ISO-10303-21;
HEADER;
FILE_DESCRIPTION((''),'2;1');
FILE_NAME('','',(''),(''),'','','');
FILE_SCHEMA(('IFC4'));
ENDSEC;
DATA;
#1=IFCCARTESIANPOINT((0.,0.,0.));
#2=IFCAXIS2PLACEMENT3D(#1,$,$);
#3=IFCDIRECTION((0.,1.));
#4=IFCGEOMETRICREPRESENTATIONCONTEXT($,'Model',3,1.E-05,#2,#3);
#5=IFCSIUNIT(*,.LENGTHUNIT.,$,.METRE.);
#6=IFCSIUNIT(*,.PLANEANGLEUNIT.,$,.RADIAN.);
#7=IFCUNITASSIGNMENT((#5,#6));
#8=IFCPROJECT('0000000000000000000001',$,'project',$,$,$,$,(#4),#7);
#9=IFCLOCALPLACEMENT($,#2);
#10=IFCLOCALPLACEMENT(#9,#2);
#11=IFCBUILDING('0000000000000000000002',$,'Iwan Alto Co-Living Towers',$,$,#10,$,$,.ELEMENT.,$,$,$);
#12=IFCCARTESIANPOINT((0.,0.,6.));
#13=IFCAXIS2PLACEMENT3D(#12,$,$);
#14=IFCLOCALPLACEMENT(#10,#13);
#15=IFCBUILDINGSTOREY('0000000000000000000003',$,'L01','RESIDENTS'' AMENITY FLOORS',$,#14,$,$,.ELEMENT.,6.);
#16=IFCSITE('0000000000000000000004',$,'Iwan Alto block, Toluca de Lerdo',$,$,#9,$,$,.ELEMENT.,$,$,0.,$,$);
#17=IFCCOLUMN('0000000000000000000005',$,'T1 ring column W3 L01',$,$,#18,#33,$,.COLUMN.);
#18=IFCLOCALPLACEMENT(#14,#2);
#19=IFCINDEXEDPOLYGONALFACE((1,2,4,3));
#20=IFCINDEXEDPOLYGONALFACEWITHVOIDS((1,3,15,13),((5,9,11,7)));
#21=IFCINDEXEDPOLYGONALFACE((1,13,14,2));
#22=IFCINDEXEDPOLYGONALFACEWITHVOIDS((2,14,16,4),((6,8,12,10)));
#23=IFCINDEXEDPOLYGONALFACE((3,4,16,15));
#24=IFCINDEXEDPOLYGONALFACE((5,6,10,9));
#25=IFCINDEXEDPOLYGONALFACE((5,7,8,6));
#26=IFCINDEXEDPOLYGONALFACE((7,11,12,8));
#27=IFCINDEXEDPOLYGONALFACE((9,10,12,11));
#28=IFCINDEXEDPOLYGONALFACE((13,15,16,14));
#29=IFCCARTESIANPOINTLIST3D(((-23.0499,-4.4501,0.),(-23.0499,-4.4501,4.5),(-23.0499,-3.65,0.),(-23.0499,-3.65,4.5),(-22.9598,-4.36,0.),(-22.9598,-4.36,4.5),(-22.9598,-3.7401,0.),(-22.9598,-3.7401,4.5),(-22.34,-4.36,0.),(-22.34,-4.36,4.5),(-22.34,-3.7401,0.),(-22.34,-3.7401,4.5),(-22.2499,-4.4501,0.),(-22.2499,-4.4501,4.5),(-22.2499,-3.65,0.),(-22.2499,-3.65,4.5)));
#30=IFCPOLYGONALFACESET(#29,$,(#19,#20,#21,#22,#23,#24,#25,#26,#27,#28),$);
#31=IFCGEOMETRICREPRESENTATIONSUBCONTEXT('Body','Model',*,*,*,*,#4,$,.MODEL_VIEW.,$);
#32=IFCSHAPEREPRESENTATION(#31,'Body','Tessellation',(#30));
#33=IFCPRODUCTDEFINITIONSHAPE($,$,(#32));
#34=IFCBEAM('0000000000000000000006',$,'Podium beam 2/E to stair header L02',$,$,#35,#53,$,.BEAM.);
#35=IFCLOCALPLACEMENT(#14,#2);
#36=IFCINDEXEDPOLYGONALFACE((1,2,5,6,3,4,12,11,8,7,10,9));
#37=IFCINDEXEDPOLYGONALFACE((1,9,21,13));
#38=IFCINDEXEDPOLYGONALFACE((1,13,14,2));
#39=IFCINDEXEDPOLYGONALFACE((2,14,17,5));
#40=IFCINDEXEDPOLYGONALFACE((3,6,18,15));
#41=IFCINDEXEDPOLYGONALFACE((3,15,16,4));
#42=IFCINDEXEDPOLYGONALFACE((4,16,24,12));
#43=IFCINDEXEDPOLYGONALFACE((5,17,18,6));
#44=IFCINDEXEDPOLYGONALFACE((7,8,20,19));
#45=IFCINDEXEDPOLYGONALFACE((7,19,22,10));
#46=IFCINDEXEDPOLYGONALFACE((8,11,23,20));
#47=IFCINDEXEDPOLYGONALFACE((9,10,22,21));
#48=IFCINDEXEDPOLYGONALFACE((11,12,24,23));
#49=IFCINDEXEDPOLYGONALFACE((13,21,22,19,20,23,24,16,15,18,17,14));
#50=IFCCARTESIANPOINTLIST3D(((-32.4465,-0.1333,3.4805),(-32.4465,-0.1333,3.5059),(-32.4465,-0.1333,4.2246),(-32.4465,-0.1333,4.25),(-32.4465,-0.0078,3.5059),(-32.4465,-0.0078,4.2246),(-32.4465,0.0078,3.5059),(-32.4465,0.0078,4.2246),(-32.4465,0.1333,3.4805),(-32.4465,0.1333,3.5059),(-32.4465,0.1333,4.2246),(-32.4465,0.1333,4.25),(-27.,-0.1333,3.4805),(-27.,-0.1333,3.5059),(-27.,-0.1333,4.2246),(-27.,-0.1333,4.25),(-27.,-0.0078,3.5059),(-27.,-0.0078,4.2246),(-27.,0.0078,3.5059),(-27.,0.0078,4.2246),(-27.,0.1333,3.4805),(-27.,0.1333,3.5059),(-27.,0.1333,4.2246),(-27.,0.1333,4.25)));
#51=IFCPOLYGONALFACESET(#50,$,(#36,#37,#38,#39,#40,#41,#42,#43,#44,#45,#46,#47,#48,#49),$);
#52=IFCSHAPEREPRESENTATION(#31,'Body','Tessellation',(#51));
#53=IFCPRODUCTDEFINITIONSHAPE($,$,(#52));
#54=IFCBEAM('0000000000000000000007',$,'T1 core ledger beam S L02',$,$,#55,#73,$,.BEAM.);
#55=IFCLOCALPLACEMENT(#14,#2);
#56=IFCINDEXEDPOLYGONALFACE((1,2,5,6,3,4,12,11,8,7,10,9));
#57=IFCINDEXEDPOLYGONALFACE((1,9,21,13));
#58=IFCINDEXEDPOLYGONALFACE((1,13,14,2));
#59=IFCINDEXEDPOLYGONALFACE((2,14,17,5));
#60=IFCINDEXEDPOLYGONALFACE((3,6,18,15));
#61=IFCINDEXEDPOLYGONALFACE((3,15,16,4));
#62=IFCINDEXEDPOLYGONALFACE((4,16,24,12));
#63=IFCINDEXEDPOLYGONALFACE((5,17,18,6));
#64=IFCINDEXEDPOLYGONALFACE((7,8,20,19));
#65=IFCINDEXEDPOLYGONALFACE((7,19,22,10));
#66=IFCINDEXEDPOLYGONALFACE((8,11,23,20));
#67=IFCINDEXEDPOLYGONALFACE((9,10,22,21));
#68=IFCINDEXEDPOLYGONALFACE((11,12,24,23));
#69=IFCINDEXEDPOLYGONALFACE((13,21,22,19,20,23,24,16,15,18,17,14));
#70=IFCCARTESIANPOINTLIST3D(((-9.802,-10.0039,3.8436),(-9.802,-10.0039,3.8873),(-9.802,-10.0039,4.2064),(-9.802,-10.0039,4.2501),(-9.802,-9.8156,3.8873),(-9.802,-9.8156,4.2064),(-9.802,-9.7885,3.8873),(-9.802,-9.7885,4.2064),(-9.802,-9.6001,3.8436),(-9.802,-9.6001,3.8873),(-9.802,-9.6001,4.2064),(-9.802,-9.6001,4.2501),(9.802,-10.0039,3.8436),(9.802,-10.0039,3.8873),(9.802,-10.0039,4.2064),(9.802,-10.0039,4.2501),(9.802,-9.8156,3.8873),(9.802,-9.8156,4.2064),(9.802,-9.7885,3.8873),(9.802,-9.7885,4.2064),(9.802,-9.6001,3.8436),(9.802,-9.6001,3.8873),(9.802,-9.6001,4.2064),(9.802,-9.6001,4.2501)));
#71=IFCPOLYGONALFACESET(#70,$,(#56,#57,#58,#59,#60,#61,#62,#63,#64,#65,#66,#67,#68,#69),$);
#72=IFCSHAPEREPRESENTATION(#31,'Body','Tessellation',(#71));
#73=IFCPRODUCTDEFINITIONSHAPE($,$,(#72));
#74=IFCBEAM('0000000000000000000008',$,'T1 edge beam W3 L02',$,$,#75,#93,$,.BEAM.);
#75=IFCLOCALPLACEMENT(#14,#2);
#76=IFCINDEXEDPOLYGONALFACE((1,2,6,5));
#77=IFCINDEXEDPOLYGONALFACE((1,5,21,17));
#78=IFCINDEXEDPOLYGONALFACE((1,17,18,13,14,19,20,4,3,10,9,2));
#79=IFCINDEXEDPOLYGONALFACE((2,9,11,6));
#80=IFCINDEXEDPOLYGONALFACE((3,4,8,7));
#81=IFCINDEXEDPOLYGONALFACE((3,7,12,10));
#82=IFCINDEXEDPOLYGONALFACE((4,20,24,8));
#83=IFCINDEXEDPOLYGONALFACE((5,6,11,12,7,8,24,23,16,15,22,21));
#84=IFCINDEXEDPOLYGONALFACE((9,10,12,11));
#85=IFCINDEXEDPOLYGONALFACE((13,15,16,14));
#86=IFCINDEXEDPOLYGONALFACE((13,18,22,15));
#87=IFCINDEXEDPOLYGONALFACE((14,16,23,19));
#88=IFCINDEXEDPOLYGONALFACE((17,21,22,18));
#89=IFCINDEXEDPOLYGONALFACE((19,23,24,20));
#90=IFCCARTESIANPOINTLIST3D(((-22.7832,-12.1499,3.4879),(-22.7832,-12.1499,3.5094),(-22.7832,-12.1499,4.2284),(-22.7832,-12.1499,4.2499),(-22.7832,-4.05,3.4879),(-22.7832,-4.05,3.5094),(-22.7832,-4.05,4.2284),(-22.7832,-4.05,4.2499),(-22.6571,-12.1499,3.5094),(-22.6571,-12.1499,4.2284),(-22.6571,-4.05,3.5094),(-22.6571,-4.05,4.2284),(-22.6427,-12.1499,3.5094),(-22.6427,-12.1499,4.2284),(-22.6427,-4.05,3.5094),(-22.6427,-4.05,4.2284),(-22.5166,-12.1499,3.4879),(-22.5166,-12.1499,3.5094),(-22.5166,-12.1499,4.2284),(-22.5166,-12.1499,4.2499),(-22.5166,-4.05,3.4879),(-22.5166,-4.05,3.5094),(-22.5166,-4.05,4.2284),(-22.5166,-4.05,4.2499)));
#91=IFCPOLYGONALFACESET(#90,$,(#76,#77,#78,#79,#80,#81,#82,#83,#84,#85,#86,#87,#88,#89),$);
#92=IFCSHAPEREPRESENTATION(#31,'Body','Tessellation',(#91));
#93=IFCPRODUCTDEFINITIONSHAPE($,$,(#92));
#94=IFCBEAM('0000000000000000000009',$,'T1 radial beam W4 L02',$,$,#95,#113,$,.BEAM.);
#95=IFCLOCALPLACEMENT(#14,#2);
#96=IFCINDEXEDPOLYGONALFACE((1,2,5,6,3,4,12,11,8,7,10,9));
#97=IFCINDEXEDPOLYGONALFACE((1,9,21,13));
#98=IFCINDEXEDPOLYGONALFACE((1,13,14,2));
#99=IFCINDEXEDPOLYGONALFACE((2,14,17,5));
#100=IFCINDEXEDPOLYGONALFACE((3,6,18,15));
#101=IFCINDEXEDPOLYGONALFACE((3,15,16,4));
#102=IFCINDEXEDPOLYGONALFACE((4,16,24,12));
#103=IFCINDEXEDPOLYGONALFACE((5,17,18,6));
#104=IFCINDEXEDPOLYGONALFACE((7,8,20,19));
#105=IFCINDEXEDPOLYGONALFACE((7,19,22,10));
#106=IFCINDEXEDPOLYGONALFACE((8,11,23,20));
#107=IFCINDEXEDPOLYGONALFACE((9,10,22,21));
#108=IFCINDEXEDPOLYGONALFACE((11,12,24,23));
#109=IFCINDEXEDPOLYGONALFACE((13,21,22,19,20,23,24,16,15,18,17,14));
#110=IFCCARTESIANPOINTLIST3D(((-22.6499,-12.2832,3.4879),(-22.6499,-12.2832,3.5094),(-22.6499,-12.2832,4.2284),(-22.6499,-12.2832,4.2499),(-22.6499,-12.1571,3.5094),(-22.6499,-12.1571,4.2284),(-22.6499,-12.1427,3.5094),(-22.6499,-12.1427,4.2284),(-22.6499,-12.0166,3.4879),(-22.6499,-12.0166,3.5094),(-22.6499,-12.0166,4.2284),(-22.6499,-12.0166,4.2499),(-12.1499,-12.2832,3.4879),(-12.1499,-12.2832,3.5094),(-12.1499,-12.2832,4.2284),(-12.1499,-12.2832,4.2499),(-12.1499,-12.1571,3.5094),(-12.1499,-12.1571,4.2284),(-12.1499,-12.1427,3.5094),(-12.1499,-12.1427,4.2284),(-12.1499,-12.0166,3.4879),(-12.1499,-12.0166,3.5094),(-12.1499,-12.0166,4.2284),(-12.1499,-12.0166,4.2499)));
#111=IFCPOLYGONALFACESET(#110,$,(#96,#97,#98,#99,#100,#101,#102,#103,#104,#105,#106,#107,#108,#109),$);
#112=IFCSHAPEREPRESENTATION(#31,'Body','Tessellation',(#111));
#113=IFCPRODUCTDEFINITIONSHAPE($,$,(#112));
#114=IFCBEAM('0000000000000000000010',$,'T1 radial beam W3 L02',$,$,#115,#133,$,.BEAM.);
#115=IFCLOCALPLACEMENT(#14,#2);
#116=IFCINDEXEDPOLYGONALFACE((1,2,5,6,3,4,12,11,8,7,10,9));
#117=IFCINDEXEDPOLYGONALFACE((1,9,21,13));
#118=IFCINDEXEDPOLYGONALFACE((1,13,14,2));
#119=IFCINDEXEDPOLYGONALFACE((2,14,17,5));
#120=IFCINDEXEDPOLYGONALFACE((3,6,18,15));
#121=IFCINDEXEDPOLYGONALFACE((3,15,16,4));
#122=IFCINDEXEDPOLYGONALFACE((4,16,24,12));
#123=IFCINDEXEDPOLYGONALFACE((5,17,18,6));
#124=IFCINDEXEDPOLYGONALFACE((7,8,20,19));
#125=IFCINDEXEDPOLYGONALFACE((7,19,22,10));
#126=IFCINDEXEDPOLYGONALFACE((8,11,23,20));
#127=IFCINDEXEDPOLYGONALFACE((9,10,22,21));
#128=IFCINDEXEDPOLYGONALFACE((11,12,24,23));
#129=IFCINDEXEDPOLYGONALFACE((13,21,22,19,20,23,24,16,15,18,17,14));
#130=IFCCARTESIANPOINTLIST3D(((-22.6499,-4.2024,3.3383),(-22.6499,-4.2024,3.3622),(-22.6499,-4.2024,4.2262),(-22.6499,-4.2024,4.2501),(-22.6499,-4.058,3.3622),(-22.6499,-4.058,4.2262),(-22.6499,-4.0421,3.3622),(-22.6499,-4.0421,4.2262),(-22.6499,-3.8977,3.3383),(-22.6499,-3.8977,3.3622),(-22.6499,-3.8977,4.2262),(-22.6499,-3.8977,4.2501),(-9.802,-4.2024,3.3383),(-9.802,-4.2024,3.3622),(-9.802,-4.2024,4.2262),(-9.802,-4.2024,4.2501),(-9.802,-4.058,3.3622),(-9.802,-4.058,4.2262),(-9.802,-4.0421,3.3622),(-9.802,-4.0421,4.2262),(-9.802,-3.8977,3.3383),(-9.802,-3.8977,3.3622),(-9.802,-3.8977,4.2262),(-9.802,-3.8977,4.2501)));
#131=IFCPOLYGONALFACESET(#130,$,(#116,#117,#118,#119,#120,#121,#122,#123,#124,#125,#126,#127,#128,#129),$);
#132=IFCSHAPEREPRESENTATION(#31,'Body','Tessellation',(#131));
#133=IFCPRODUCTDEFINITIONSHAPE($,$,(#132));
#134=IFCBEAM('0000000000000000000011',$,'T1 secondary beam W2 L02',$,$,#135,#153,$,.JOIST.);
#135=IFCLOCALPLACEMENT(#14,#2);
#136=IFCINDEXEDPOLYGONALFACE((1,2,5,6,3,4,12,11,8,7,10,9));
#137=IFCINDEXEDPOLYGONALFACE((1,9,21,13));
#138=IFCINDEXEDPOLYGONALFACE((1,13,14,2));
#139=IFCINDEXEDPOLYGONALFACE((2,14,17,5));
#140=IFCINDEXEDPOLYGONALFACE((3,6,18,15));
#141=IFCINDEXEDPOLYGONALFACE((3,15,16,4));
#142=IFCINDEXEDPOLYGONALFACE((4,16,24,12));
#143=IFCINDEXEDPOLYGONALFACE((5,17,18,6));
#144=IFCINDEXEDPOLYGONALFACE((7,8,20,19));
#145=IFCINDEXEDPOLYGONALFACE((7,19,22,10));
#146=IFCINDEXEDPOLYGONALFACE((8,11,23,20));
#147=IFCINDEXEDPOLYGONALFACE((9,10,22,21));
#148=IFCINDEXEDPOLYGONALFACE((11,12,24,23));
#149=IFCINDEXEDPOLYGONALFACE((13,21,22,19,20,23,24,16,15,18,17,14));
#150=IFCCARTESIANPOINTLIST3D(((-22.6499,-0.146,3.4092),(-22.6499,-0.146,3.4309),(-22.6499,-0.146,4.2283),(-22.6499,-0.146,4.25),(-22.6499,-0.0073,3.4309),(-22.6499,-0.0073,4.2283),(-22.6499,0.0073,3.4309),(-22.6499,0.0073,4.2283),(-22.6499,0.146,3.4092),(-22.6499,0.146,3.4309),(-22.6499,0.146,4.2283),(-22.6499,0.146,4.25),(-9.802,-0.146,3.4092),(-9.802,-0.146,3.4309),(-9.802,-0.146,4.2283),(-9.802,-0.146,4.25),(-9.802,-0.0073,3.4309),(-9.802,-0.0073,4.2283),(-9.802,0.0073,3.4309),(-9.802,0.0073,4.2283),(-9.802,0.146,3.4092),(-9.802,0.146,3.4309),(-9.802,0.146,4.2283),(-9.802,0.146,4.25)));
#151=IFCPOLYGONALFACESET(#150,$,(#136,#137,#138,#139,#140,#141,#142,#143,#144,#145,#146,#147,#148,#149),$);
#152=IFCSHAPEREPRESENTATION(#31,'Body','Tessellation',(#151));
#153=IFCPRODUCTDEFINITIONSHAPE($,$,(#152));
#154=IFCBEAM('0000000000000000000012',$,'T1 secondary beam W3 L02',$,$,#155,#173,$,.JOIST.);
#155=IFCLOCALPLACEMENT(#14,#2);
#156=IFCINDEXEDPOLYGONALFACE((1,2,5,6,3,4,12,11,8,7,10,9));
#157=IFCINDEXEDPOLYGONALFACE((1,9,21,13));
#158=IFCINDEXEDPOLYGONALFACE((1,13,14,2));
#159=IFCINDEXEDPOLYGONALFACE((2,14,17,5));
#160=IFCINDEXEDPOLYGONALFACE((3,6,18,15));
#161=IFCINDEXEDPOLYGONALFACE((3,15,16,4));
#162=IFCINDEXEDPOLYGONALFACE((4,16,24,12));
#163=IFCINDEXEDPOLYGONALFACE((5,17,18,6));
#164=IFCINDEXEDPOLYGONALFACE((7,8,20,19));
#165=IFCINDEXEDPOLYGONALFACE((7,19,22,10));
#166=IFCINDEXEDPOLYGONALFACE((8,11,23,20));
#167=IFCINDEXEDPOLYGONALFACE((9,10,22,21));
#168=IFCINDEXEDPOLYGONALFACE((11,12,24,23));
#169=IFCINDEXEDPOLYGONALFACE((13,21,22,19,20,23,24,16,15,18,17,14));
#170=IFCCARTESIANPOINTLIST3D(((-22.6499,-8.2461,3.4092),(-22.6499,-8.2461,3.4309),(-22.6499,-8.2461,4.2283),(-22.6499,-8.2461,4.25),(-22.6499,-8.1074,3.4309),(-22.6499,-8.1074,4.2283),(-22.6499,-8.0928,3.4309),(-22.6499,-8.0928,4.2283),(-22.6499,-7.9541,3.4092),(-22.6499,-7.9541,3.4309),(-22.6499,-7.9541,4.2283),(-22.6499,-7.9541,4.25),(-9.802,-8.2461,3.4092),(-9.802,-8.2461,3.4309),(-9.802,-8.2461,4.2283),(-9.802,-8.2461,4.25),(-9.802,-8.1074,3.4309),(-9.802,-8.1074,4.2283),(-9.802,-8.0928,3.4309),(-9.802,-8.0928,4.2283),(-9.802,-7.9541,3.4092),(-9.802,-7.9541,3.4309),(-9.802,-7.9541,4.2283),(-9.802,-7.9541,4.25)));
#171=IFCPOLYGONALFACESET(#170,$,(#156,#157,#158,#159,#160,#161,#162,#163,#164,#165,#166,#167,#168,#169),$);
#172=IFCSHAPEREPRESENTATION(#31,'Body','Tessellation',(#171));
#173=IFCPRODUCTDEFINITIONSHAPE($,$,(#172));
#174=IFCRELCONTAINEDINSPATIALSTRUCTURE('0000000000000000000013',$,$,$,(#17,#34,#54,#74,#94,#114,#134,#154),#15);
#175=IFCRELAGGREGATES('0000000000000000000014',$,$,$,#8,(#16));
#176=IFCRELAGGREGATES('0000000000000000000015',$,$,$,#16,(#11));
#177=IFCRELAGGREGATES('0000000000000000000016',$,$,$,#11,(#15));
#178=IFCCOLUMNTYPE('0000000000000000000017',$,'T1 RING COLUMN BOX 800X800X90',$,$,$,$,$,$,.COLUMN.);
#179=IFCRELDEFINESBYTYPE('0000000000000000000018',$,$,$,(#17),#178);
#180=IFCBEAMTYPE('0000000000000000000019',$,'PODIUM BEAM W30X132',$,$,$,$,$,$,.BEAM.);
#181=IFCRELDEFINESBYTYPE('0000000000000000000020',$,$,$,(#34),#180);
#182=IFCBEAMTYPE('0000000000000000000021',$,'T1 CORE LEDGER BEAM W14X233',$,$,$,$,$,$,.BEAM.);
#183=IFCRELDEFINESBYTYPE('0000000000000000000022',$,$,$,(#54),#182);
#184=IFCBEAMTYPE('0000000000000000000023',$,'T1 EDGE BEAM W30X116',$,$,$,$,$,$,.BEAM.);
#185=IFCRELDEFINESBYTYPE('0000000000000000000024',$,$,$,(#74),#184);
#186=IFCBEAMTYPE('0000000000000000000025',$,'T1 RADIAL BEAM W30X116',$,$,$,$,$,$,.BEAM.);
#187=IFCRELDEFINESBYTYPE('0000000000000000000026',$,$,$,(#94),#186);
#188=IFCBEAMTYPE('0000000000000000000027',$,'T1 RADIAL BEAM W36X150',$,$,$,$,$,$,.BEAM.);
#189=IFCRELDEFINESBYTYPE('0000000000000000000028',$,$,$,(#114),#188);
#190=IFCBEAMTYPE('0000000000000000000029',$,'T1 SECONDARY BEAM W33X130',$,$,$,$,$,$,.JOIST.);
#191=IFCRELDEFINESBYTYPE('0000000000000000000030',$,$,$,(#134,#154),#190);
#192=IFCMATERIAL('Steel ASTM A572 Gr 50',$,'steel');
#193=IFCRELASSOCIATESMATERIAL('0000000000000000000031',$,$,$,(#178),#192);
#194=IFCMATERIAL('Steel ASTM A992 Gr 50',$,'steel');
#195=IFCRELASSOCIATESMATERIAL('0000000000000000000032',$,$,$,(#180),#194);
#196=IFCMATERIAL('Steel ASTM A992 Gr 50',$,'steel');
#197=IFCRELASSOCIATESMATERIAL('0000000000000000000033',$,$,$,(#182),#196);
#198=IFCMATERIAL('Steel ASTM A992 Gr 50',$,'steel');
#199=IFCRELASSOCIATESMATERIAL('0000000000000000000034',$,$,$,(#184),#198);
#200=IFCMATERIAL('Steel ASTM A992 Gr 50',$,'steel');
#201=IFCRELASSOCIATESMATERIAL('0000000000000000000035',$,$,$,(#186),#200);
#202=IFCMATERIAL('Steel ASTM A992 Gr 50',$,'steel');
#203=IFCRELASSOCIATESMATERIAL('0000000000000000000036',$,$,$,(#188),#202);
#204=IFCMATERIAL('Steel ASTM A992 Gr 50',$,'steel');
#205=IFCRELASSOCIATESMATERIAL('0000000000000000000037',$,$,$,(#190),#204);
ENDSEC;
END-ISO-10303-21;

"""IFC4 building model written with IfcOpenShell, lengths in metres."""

from ifc_helpers import new_model, si_unit, direction, frame, origin, origin_2d, place, context, subcontext, project, spatial, hollow_rectangle, i_section, extrude, material, material_profile, profile_set, type_object, element, save


model = new_model("IFC4")

# Units and contexts
model_context = context("Model", 3, precision=1e-05, world=origin(), true_north=direction((0.0, 1.0)))
body_context = subcontext(model_context, "Body", "Model", "MODEL_VIEW")
ifc_project = project(units=[si_unit("LENGTHUNIT", "METRE"), si_unit("PLANEANGLEUNIT", "RADIAN")], contexts=[model_context])

# Site, building, storey
site_placement = place(None, origin())
site = spatial("IfcSite", under=ifc_project, at=site_placement, Name="Iwan Alto block, Toluca de Lerdo", CompositionType="ELEMENT", RefElevation=0.0)
building_placement = place(site_placement, origin())
building = spatial("IfcBuilding", under=site, at=building_placement, Name="Iwan Alto Co-Living Towers", CompositionType="ELEMENT")
storey_placement = place(building_placement, frame((0.0, 0.0, 6.0)))
storey = spatial("IfcBuildingStorey", under=building, at=storey_placement, Name="L01", Description="RESIDENTS' AMENITY FLOORS", CompositionType="ELEMENT", Elevation=6.0)

# Column
ifc_material_1 = material(Name="Steel ASTM A572 Gr 50", Category="steel")
ifc_material_profile_1 = material_profile(ifc_material_1, hollow_rectangle(XDim=0.8, YDim=0.8, WallThickness=0.0901, at=origin_2d()), Name="BOX 800X800X90")
ifc_profile_set_1 = profile_set([ifc_material_profile_1], Name="Steel ASTM A572 Gr 50")
column_type = type_object("IfcColumnType", Name="T1 RING COLUMN BOX 800X800X90", PredefinedType="COLUMN", material=ifc_profile_set_1)
column_placement = place(storey_placement, frame((-22.6499, -4.05, 0.0), z_axis=(0.0, 0.0, 1.0), x_axis=(1.0, 0.0, 0.0)))
element("IfcColumn", 1, at=column_placement, inside=storey, type_object=column_type, Name="T1 ring column W3 L01", PredefinedType="COLUMN", context=body_context, shape_type="SweptSolid", body=[
    extrude(hollow_rectangle(XDim=0.8, YDim=0.8, WallThickness=0.0901, at=origin_2d()), origin(), (0.0, 0.0, 1.0), 4.5),
])

# Beams
ifc_material_2 = material(Name="Steel ASTM A992 Gr 50", Category="steel")
ifc_material_profile_2 = material_profile(ifc_material_2, i_section(OverallWidth=0.2666, OverallDepth=0.7695, WebThickness=0.0156, FlangeThickness=0.0254, at=origin_2d()), Name="W30X132")
ifc_profile_set_2 = profile_set([ifc_material_profile_2], Name="Steel ASTM A992 Gr 50")
beam_type_1 = type_object("IfcBeamType", Name="PODIUM BEAM W30X132", PredefinedType="BEAM", material=ifc_profile_set_2)
beam_1_placement = place(storey_placement, frame((-27.0, 0.0, 3.8652), z_axis=(-1.0, 0.0, 0.0), x_axis=(0.0, -1.0, 0.0)))
element("IfcBeam", 2, at=beam_1_placement, inside=storey, type_object=beam_type_1, Name="Podium beam 2/E to stair header L02", PredefinedType="BEAM", context=body_context, shape_type="SweptSolid", body=[
    extrude(i_section(OverallWidth=0.2666, OverallDepth=0.7695, WebThickness=0.0156, FlangeThickness=0.0254, at=origin_2d()), origin(), (0.0, 0.0, 1.0), 5.4465),
])
ifc_material_3 = material(Name="Steel ASTM A992 Gr 50", Category="steel")
ifc_material_profile_3 = material_profile(ifc_material_3, i_section(OverallWidth=0.4038, OverallDepth=0.4065, WebThickness=0.0271, FlangeThickness=0.0437, at=origin_2d()), Name="W14X233")
ifc_profile_set_3 = profile_set([ifc_material_profile_3], Name="Steel ASTM A992 Gr 50")
beam_type_2 = type_object("IfcBeamType", Name="T1 CORE LEDGER BEAM W14X233", PredefinedType="BEAM", material=ifc_profile_set_3)
beam_2_placement = place(storey_placement, frame((-9.802, -9.802, 4.0469), z_axis=(1.0, 0.0, 0.0), x_axis=(0.0, 1.0, 0.0)))
element("IfcBeam", 3, at=beam_2_placement, inside=storey, type_object=beam_type_2, Name="T1 core ledger beam S L02", PredefinedType="BEAM", context=body_context, shape_type="SweptSolid", body=[
    extrude(i_section(OverallWidth=0.4038, OverallDepth=0.4065, WebThickness=0.0271, FlangeThickness=0.0437, at=origin_2d()), origin(), (0.0, 0.0, 1.0), 19.604),
])
ifc_material_4 = material(Name="Steel ASTM A992 Gr 50", Category="steel")
ifc_material_profile_4 = material_profile(ifc_material_4, i_section(OverallWidth=0.2666, OverallDepth=0.762, WebThickness=0.0144, FlangeThickness=0.0215, at=origin_2d()), Name="W30X116")
ifc_profile_set_4 = profile_set([ifc_material_profile_4], Name="Steel ASTM A992 Gr 50")
beam_type_3 = type_object("IfcBeamType", Name="T1 EDGE BEAM W30X116", PredefinedType="BEAM", material=ifc_profile_set_4)
beam_3_placement = place(storey_placement, frame((-22.6499, -4.05, 3.8689), z_axis=(0.0, -1.0, 0.0), x_axis=(1.0, 0.0, 0.0)))
element("IfcBeam", 4, at=beam_3_placement, inside=storey, type_object=beam_type_3, Name="T1 edge beam W3 L02", PredefinedType="BEAM", context=body_context, shape_type="SweptSolid", body=[
    extrude(i_section(OverallWidth=0.2666, OverallDepth=0.762, WebThickness=0.0144, FlangeThickness=0.0215, at=origin_2d()), origin(), (0.0, 0.0, 1.0), 8.0999),
])
ifc_material_5 = material(Name="Steel ASTM A992 Gr 50", Category="steel")
ifc_material_profile_5 = material_profile(ifc_material_5, i_section(OverallWidth=0.2666, OverallDepth=0.762, WebThickness=0.0144, FlangeThickness=0.0215, at=origin_2d()), Name="W30X116")
ifc_profile_set_5 = profile_set([ifc_material_profile_5], Name="Steel ASTM A992 Gr 50")
beam_type_4 = type_object("IfcBeamType", Name="T1 RADIAL BEAM W30X116", PredefinedType="BEAM", material=ifc_profile_set_5)
beam_4_placement = place(storey_placement, frame((-22.6499, -12.1499, 3.8689), z_axis=(1.0, 0.0, 0.0), x_axis=(0.0, 1.0, 0.0)))
element("IfcBeam", 5, at=beam_4_placement, inside=storey, type_object=beam_type_4, Name="T1 radial beam W4 L02", PredefinedType="BEAM", context=body_context, shape_type="SweptSolid", body=[
    extrude(i_section(OverallWidth=0.2666, OverallDepth=0.762, WebThickness=0.0144, FlangeThickness=0.0215, at=origin_2d()), origin(), (0.0, 0.0, 1.0), 10.5),
])
ifc_material_6 = material(Name="Steel ASTM A992 Gr 50", Category="steel")
ifc_material_profile_6 = material_profile(ifc_material_6, i_section(OverallWidth=0.3047, OverallDepth=0.9119, WebThickness=0.0159, FlangeThickness=0.0239, at=origin_2d()), Name="W36X150")
ifc_profile_set_6 = profile_set([ifc_material_profile_6], Name="Steel ASTM A992 Gr 50")
beam_type_5 = type_object("IfcBeamType", Name="T1 RADIAL BEAM W36X150", PredefinedType="BEAM", material=ifc_profile_set_6)
beam_5_placement = place(storey_placement, frame((-22.6499, -4.05, 3.7942), z_axis=(1.0, 0.0, 0.0), x_axis=(0.0, 1.0, 0.0)))
element("IfcBeam", 6, at=beam_5_placement, inside=storey, type_object=beam_type_5, Name="T1 radial beam W3 L02", PredefinedType="BEAM", context=body_context, shape_type="SweptSolid", body=[
    extrude(i_section(OverallWidth=0.3047, OverallDepth=0.9119, WebThickness=0.0159, FlangeThickness=0.0239, at=origin_2d()), origin(), (0.0, 0.0, 1.0), 12.8479),
])
ifc_material_7 = material(Name="Steel ASTM A992 Gr 50", Category="steel")
ifc_material_profile_7 = material_profile(ifc_material_7, i_section(OverallWidth=0.292, OverallDepth=0.8408, WebThickness=0.0146, FlangeThickness=0.0217, at=origin_2d()), Name="W33X130")
ifc_profile_set_7 = profile_set([ifc_material_profile_7], Name="Steel ASTM A992 Gr 50")
beam_type_6 = type_object("IfcBeamType", Name="T1 SECONDARY BEAM W33X130", PredefinedType="JOIST", material=ifc_profile_set_7)
for number, where, z_axis, x_axis, name in (
    (7, (-22.6499, 0.0, 3.8296), (1.0, 0.0, 0.0), (0.0, 1.0, 0.0), "T1 secondary beam W2 L02"),
    (8, (-22.6499, -8.1001, 3.8296), (1.0, 0.0, 0.0), (0.0, 1.0, 0.0), "T1 secondary beam W3 L02"),
):
    element("IfcBeam", number, at=place(storey_placement, frame(where, z_axis=z_axis, x_axis=x_axis)), inside=storey, type_object=beam_type_6, Name=name, PredefinedType="JOIST", context=body_context, shape_type="SweptSolid", body=[
        extrude(i_section(OverallWidth=0.292, OverallDepth=0.8408, WebThickness=0.0146, FlangeThickness=0.0217, at=origin_2d()), origin(), (0.0, 0.0, 1.0), 12.8479),
    ])

save(model, "model.ifc")
